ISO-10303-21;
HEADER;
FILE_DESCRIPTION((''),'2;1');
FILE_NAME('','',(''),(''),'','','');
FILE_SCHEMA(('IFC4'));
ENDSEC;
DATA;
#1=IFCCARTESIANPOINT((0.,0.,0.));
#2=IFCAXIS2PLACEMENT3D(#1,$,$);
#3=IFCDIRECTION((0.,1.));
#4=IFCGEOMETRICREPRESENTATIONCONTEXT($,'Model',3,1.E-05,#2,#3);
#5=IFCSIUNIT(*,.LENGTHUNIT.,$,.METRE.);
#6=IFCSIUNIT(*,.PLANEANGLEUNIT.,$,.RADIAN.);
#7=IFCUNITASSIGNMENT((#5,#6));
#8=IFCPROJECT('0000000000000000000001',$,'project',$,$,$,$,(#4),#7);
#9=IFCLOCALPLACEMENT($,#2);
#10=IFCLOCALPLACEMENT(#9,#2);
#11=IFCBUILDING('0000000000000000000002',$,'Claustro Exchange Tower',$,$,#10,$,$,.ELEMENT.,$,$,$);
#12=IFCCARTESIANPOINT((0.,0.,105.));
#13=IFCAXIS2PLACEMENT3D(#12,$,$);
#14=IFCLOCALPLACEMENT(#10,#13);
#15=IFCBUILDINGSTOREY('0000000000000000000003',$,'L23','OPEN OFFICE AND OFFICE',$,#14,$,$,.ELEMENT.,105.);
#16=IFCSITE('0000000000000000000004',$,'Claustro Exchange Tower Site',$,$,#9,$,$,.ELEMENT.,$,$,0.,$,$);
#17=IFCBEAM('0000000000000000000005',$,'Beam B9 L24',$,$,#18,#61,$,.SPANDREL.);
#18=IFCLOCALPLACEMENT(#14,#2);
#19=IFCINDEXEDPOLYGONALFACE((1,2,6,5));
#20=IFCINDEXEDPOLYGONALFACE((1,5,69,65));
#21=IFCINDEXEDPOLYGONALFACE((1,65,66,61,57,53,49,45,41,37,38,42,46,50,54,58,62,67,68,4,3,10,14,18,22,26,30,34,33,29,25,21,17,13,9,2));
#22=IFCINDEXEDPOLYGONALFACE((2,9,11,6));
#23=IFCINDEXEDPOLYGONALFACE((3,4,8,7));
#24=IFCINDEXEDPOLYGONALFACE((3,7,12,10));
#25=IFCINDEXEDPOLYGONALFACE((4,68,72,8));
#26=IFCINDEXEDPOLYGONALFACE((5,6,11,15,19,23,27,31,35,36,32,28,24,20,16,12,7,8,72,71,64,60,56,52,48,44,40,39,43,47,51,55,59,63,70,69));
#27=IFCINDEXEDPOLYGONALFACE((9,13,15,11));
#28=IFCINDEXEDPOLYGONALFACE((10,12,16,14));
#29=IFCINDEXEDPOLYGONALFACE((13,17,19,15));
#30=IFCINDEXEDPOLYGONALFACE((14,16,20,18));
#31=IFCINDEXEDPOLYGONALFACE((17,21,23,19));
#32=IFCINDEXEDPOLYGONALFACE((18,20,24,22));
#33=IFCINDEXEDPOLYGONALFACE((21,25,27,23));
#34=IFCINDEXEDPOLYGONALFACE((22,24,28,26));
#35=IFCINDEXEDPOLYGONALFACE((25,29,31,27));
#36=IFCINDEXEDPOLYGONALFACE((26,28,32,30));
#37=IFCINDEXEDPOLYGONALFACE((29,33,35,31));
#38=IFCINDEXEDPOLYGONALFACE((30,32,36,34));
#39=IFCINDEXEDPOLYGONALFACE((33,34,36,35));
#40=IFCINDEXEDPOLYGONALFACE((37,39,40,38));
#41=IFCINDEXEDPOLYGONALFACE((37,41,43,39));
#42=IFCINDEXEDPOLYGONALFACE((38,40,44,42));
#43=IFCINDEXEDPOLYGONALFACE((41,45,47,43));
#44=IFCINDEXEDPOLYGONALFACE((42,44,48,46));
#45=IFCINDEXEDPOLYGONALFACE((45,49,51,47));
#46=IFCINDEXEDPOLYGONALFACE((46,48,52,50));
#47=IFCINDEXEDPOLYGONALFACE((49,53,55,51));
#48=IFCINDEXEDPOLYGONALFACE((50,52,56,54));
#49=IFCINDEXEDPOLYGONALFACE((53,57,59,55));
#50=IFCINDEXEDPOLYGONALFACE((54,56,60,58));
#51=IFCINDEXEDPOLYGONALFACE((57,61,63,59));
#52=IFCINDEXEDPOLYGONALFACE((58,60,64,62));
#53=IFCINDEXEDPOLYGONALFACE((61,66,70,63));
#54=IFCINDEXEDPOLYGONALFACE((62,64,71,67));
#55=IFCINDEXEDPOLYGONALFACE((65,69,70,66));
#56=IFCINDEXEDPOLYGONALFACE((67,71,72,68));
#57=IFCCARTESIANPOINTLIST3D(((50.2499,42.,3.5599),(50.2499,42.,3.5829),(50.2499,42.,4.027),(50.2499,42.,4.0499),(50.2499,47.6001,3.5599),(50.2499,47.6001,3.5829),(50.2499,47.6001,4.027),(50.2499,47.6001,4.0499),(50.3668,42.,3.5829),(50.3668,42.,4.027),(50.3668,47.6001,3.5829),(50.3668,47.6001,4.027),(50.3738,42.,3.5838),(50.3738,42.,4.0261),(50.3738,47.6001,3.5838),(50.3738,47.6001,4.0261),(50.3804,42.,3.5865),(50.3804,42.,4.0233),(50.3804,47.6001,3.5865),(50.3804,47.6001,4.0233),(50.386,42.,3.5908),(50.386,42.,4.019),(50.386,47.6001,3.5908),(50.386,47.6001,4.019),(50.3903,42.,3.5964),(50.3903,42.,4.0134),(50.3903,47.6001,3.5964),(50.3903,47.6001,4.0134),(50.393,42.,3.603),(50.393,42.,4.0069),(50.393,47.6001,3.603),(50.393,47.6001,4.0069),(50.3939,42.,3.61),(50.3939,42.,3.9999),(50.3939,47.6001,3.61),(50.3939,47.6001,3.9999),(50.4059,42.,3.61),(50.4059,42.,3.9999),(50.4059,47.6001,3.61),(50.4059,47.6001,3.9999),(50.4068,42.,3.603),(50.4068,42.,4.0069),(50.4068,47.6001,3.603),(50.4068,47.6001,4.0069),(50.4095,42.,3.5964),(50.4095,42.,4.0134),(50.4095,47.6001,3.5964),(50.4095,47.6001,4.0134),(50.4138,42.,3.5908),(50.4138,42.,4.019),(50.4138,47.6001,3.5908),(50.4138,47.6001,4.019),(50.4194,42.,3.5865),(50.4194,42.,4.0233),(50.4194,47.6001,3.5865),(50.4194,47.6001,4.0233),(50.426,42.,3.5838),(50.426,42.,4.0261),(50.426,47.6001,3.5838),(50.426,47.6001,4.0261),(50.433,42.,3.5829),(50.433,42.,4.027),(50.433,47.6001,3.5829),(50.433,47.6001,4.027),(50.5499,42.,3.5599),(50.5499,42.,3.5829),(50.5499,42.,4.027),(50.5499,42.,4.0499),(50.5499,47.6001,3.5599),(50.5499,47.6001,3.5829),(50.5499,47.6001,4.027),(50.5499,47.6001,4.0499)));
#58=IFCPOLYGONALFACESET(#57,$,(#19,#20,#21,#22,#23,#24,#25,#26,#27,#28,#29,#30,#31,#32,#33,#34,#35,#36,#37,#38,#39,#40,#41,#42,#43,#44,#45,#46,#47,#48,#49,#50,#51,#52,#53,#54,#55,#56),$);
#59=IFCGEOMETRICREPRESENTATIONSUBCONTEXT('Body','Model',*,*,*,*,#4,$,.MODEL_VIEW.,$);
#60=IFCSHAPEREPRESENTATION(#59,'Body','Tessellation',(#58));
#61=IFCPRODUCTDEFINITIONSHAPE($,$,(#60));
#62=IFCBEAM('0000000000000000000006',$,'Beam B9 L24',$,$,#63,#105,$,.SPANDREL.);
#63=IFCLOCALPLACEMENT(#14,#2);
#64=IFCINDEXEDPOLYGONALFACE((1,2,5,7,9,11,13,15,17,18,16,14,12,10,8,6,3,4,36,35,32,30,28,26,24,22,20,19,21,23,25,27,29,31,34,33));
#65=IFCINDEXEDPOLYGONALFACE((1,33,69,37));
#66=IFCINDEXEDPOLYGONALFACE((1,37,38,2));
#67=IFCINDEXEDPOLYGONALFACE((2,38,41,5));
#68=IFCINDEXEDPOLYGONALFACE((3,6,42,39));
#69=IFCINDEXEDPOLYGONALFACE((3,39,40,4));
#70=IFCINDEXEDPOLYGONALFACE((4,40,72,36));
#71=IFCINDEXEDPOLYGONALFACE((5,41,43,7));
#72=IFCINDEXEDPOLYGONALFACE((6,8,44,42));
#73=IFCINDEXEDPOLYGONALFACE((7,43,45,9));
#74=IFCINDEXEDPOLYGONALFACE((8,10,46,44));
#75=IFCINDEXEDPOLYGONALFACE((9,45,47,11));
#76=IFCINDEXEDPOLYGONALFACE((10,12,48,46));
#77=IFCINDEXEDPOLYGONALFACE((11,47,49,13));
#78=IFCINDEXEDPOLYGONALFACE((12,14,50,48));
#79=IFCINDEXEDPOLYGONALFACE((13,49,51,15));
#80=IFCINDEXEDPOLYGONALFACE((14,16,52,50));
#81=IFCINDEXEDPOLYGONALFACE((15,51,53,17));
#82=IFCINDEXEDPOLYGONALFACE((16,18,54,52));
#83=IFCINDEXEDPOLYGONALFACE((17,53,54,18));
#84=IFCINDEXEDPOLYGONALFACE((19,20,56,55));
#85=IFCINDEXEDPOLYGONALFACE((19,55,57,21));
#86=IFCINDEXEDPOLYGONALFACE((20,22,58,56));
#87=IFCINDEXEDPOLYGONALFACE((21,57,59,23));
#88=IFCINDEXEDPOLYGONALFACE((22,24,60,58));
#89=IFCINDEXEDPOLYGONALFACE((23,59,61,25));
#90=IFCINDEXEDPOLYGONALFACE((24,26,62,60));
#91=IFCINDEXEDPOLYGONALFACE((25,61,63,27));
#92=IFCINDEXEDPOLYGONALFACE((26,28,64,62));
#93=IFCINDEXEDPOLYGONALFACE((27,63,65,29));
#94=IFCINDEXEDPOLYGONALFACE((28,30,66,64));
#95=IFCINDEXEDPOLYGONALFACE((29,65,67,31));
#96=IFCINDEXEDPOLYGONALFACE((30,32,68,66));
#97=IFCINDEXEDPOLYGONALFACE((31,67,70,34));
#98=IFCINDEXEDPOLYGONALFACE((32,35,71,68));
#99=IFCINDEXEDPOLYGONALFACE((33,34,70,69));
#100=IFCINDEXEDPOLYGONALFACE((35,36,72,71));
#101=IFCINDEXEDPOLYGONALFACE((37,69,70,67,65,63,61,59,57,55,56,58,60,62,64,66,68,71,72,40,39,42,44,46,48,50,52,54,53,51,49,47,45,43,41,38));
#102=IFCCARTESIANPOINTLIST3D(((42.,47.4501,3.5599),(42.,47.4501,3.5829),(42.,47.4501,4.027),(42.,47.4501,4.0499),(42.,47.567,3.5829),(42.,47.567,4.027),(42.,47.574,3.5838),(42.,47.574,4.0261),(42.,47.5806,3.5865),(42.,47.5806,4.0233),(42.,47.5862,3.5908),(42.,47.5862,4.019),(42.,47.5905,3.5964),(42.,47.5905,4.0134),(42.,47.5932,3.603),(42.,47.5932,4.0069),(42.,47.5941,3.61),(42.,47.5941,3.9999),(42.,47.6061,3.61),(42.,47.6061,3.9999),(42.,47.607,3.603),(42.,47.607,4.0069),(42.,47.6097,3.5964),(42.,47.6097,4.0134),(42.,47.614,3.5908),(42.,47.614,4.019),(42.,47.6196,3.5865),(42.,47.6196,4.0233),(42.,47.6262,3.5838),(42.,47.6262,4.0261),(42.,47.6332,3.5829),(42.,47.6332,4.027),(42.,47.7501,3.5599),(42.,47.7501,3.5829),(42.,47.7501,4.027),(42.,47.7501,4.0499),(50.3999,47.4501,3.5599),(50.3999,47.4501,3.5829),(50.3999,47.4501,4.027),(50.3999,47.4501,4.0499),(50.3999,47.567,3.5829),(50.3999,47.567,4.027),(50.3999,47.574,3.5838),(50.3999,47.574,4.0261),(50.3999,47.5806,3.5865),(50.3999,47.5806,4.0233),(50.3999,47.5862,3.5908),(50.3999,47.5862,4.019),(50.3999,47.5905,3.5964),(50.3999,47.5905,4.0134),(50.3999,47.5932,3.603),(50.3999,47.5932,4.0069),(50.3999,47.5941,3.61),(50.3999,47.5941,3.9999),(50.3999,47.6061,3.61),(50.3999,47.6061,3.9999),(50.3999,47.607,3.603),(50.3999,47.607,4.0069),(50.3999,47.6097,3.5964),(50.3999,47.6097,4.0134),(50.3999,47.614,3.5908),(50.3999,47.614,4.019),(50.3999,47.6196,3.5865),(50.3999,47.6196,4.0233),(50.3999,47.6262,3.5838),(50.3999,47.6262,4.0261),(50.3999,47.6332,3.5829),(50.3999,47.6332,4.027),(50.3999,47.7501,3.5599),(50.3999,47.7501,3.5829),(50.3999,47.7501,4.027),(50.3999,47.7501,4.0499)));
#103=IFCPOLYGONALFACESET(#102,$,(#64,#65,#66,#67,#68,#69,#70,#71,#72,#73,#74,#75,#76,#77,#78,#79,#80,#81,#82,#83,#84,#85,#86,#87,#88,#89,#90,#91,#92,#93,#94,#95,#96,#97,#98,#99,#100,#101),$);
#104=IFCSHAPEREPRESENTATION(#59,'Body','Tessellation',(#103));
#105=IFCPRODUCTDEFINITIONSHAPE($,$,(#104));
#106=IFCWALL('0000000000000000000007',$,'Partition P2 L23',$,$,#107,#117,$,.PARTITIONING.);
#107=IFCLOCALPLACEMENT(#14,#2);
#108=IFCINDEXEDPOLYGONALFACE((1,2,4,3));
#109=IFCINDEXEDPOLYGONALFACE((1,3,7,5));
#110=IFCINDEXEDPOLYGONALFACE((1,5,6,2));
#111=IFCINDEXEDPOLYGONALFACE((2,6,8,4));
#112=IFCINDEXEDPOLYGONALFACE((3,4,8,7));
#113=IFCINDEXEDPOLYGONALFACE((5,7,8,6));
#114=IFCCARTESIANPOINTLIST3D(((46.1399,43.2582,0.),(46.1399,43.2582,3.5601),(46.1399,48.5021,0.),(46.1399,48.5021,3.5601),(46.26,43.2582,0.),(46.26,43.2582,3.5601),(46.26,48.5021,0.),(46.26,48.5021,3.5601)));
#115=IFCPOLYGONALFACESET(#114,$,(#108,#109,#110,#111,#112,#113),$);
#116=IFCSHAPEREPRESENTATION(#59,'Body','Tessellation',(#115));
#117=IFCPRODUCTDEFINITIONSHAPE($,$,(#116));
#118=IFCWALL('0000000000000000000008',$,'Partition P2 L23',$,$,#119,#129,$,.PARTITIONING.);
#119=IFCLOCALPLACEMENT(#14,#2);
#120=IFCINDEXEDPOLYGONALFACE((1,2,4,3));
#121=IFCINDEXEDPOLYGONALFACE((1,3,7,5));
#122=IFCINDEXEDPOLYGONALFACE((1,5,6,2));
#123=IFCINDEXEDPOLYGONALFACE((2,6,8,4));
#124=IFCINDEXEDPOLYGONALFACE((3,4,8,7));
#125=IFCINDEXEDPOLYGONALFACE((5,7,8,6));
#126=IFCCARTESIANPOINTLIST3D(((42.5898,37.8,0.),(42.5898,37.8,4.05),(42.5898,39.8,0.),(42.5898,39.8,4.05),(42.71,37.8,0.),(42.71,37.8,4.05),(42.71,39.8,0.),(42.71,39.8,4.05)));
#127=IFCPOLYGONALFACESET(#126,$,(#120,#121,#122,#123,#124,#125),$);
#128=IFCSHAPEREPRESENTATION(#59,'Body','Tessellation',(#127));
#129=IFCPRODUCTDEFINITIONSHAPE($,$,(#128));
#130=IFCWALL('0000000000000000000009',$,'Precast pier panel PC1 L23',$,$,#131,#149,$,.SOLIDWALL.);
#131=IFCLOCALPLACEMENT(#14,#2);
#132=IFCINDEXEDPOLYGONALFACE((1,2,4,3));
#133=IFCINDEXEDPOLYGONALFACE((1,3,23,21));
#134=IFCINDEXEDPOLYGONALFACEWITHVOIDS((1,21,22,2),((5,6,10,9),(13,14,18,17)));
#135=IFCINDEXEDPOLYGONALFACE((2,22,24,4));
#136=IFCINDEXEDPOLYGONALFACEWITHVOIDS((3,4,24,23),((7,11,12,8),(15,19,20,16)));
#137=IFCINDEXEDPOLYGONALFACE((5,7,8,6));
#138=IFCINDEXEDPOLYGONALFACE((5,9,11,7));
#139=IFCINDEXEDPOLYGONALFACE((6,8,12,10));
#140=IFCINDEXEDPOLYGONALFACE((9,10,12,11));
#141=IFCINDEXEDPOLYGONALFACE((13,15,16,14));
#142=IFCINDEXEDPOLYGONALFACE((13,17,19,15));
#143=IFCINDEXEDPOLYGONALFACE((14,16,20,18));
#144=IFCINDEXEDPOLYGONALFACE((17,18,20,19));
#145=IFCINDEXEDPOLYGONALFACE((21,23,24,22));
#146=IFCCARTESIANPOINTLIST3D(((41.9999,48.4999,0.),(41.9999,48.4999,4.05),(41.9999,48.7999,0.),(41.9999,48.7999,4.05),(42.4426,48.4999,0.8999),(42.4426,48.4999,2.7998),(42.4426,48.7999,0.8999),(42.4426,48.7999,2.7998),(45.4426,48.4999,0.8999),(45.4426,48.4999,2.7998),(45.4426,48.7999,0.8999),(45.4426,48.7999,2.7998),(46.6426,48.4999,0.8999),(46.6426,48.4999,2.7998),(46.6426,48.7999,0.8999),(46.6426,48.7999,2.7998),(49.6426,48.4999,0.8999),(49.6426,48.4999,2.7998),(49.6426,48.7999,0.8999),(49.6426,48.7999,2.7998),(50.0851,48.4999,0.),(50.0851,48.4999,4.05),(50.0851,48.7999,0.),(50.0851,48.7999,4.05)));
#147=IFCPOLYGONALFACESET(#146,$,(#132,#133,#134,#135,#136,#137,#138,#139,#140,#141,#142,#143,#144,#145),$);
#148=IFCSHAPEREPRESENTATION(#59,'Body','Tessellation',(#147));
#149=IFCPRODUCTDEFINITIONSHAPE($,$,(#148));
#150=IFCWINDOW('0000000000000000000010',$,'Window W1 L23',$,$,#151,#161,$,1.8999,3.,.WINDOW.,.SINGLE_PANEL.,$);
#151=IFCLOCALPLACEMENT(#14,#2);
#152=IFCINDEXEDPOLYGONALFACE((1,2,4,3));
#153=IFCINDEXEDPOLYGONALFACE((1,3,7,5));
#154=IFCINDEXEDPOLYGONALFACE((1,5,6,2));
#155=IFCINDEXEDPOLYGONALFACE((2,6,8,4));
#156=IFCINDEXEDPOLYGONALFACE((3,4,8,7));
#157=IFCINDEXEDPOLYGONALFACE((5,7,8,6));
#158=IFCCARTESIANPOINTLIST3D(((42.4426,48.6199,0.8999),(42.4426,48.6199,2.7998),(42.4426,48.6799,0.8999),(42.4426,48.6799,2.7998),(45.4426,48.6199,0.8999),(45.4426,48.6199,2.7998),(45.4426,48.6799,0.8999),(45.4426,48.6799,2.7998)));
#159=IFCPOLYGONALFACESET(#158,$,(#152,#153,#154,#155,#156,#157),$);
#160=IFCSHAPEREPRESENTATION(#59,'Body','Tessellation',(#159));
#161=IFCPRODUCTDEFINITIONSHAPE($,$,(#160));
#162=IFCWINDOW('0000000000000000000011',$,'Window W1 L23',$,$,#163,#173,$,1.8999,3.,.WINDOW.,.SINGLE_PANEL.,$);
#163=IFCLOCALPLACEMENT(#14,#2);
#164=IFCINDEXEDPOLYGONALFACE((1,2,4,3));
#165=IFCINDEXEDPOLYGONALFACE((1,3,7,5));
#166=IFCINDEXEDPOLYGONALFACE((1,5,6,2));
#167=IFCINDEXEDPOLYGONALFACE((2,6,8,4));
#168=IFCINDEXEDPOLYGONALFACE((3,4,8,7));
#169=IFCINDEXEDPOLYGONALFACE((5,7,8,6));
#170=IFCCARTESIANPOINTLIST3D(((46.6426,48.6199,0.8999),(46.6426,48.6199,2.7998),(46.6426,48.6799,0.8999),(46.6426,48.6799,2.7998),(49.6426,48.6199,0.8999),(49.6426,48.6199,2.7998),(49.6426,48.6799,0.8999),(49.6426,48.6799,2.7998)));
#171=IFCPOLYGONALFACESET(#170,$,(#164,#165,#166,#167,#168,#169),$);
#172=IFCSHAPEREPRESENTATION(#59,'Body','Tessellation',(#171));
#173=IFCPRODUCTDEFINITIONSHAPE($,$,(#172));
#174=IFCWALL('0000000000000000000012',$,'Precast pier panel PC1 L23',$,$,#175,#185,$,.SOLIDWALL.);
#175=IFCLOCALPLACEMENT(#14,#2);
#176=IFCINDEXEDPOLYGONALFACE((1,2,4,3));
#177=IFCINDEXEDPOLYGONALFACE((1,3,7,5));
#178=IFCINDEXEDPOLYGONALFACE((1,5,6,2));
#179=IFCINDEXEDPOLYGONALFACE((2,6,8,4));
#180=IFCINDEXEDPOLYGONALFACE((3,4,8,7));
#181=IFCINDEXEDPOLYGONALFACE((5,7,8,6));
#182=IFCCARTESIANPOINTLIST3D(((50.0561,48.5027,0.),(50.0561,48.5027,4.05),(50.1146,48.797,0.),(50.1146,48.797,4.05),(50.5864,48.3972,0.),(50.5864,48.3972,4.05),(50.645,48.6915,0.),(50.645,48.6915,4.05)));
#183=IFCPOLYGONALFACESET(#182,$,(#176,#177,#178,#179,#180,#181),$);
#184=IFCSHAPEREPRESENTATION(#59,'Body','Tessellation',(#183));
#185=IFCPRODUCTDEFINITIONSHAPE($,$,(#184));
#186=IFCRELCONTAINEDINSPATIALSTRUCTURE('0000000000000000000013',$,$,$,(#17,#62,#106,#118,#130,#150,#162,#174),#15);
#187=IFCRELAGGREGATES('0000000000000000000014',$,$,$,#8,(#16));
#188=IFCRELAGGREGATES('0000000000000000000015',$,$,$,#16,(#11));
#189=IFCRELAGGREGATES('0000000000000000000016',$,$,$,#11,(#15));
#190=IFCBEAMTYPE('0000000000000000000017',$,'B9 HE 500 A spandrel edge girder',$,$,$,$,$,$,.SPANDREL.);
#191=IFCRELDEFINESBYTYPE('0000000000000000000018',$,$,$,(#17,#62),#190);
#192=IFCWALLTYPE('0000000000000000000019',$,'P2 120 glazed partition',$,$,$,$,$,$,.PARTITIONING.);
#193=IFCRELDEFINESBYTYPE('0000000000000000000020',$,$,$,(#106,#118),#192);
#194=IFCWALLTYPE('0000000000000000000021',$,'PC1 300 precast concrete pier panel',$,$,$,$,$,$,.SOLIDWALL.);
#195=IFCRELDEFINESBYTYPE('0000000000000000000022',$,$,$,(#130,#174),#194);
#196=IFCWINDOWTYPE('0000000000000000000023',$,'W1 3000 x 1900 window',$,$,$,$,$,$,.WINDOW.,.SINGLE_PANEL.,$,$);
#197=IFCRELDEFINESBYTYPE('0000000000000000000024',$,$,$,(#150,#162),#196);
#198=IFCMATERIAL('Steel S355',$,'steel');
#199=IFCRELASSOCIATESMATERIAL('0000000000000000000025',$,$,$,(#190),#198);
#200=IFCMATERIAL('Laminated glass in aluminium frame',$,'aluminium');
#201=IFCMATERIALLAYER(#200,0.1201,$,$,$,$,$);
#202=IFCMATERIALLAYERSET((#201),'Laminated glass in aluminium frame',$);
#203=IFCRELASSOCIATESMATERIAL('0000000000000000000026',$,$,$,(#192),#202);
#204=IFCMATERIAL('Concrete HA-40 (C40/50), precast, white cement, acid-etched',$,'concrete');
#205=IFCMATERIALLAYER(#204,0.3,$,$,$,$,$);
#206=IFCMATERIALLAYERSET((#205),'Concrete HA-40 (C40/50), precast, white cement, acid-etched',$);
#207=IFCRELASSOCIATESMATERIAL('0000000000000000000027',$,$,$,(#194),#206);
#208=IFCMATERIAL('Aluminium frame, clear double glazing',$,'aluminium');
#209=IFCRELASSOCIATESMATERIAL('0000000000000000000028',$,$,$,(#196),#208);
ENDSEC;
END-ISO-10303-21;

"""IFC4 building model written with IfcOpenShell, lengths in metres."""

from ifc_helpers import new_model, si_unit, direction, frame, frame_2d, origin, origin_2d, place, context, subcontext, project, spatial, rectangle, i_section, extrude, material, layer, layer_set, material_profile, profile_set, type_object, element, fill, save


model = new_model("IFC4")

# Units and contexts
model_context = context("Model", 3, precision=1e-05, world=origin(), true_north=direction((0.0, 1.0)))
body_context = subcontext(model_context, "Body", "Model", "MODEL_VIEW")
ifc_project = project(units=[si_unit("LENGTHUNIT", "METRE"), si_unit("PLANEANGLEUNIT", "RADIAN")], contexts=[model_context])

# Site, building, storey
site_placement = place(None, origin())
site = spatial("IfcSite", under=ifc_project, at=site_placement, Name="Claustro Exchange Tower Site", CompositionType="ELEMENT", RefElevation=0.0)
building_placement = place(site_placement, origin())
building = spatial("IfcBuilding", under=site, at=building_placement, Name="Claustro Exchange Tower", CompositionType="ELEMENT")
storey_placement = place(building_placement, frame((0.0, 0.0, 105.0)))
storey = spatial("IfcBuildingStorey", under=building, at=storey_placement, Name="L23", Description="OPEN OFFICE AND OFFICE", CompositionType="ELEMENT", Elevation=105.0)

# Beams
ifc_material_1 = material(Name="Steel S355", Category="steel")
ifc_material_profile_1 = material_profile(ifc_material_1, i_section(OverallWidth=0.3, OverallDepth=0.49, WebThickness=0.012, FlangeThickness=0.0229, FilletRadius=0.0271, at=origin_2d()), Name="HE 500 A")
ifc_profile_set_1 = profile_set([ifc_material_profile_1], Name="Steel S355")
beam_type_1 = type_object("IfcBeamType", Name="B9 HE 500 A spandrel edge girder", PredefinedType="SPANDREL", material=ifc_profile_set_1)
beam_1_placement = place(storey_placement, frame((50.3999, 42.0, 3.8049), z_axis=(0.0, 1.0, 0.0), x_axis=(-1.0, 0.0, 0.0)))
element("IfcBeam", 1, at=beam_1_placement, inside=storey, type_object=beam_type_1, Name="Beam B9 L24", PredefinedType="SPANDREL", context=body_context, shape_type="SweptSolid", body=[
    extrude(i_section(OverallWidth=0.3, OverallDepth=0.49, WebThickness=0.012, FlangeThickness=0.0229, FilletRadius=0.0271, at=origin_2d()), origin(), (0.0, 0.0, 1.0), 5.6001),
])
beam_2_placement = place(storey_placement, frame((42.0, 47.6001, 3.8049), z_axis=(1.0, 0.0, 0.0), x_axis=(0.0, 1.0, 0.0)))
element("IfcBeam", 2, at=beam_2_placement, inside=storey, type_object=beam_type_1, Name="Beam B9 L24", PredefinedType="SPANDREL", context=body_context, shape_type="SweptSolid", body=[
    extrude(i_section(OverallWidth=0.3, OverallDepth=0.49, WebThickness=0.012, FlangeThickness=0.0229, FilletRadius=0.0271, at=origin_2d()), origin(), (0.0, 0.0, 1.0), 8.3999),
])

# Walls
ifc_material_2 = material(Name="Laminated glass in aluminium frame", Category="aluminium")
ifc_layer_1 = layer(ifc_material_2, 0.1201)
ifc_layer_set_1 = layer_set([ifc_layer_1], Name="Laminated glass in aluminium frame")
wall_type_1 = type_object("IfcWallType", Name="P2 120 glazed partition", PredefinedType="PARTITIONING", material=ifc_layer_set_1)
wall_1_placement = place(storey_placement, frame((46.2, 43.2581, 0.0), z_axis=(0.0, 0.0, 1.0), x_axis=(0.0, 1.0, 0.0)))
element("IfcWall", 3, at=wall_1_placement, inside=storey, type_object=wall_type_1, Name="Partition P2 L23", PredefinedType="PARTITIONING", context=body_context, shape_type="SweptSolid", body=[
    extrude(rectangle(XDim=5.2439, YDim=0.1201, at=frame_2d((2.6221, 0.0))), origin(), (0.0, 0.0, 1.0), 3.5601),
])
wall_2_placement = place(storey_placement, frame((42.6499, 37.8, 0.0), z_axis=(0.0, 0.0, 1.0), x_axis=(0.0, 1.0, 0.0)))
element("IfcWall", 4, at=wall_2_placement, inside=storey, type_object=wall_type_1, Name="Partition P2 L23", PredefinedType="PARTITIONING", context=body_context, shape_type="SweptSolid", body=[
    extrude(rectangle(XDim=2.0, YDim=0.1201, at=frame_2d((1.0, 0.0))), origin(), (0.0, 0.0, 1.0), 4.05),
])

# Wall, openings, windows
ifc_material_3 = material(Name="Concrete HA-40 (C40/50), precast, white cement, acid-etched", Category="concrete")
ifc_layer_2 = layer(ifc_material_3, 0.3)
ifc_layer_set_2 = layer_set([ifc_layer_2], Name="Concrete HA-40 (C40/50), precast, white cement, acid-etched")
wall_type_2 = type_object("IfcWallType", Name="PC1 300 precast concrete pier panel", PredefinedType="SOLIDWALL", material=ifc_layer_set_2)
wall_3_placement = place(storey_placement, frame((42.0, 48.6499, 0.0), z_axis=(0.0, 0.0, 1.0), x_axis=(1.0, 0.0, 0.0)))
wall_3 = element("IfcWall", 5, at=wall_3_placement, inside=storey, type_object=wall_type_2, Name="Precast pier panel PC1 L23", PredefinedType="SOLIDWALL", context=body_context, shape_type="SweptSolid", body=[
    extrude(rectangle(XDim=8.0852, YDim=0.3, at=frame_2d((4.0425, 0.0))), origin(), (0.0, 0.0, 1.0), 4.05),
])
opening_1_placement = place(wall_3_placement, frame((0.4426, 0.0, 0.8999)))
opening_1 = element("IfcOpeningElement", 6, at=opening_1_placement, cuts=wall_3, PredefinedType="OPENING", context=body_context, shape_type="SweptSolid", body=[
    extrude(rectangle(XDim=3.0, YDim=1.8999, at=frame_2d((1.5, 0.95))), frame((0.0, 0.1599, 0.0), z_axis=(0.0, -1.0, 0.0), x_axis=(1.0, 0.0, 0.0)), (0.0, 0.0, 1.0), 0.3201),
])
opening_2_placement = place(wall_3_placement, frame((4.6426, 0.0, 0.8999)))
opening_2 = element("IfcOpeningElement", 7, at=opening_2_placement, cuts=wall_3, PredefinedType="OPENING", context=body_context, shape_type="SweptSolid", body=[
    extrude(rectangle(XDim=3.0, YDim=1.8999, at=frame_2d((1.5, 0.95))), frame((0.0, 0.1599, 0.0), z_axis=(0.0, -1.0, 0.0), x_axis=(1.0, 0.0, 0.0)), (0.0, 0.0, 1.0), 0.3201),
])
ifc_material_4 = material(Name="Aluminium frame, clear double glazing", Category="aluminium")
window_type_1 = type_object("IfcWindowType", Name="W1 3000 x 1900 window", PartitioningType="SINGLE_PANEL", PredefinedType="WINDOW", material=ifc_material_4)
window_1_placement = place(opening_1_placement, origin())
window_1 = element("IfcWindow", 8, at=window_1_placement, inside=storey, type_object=window_type_1, Name="Window W1 L23", OverallHeight=1.8999, OverallWidth=3.0, PartitioningType="SINGLE_PANEL", PredefinedType="WINDOW", context=body_context, shape_type="SweptSolid", body=[
    extrude(rectangle(XDim=3.0, YDim=1.8999, at=frame_2d((1.5, 0.95))), frame((0.0, 0.03, 0.0), z_axis=(0.0, -1.0, 0.0), x_axis=(1.0, 0.0, 0.0)), (0.0, 0.0, 1.0), 0.0601),
])
fill(opening_1, window_1)
window_2_placement = place(opening_2_placement, origin())
window_2 = element("IfcWindow", 9, at=window_2_placement, inside=storey, type_object=window_type_1, Name="Window W1 L23", OverallHeight=1.8999, OverallWidth=3.0, PartitioningType="SINGLE_PANEL", PredefinedType="WINDOW", context=body_context, shape_type="SweptSolid", body=[
    extrude(rectangle(XDim=3.0, YDim=1.8999, at=frame_2d((1.5, 0.95))), frame((0.0, 0.03, 0.0), z_axis=(0.0, -1.0, 0.0), x_axis=(1.0, 0.0, 0.0)), (0.0, 0.0, 1.0), 0.0601),
])
fill(opening_2, window_2)

# Wall
wall_4_placement = place(storey_placement, frame((50.0852, 48.6499, 0.0), z_axis=(0.0, 0.0, 1.0), x_axis=(0.980789, -0.195074, 0.0)))
element("IfcWall", 10, at=wall_4_placement, inside=storey, type_object=wall_type_2, Name="Precast pier panel PC1 L23", PredefinedType="SOLIDWALL", context=body_context, shape_type="SweptSolid", body=[
    extrude(rectangle(XDim=0.5408, YDim=0.3, at=frame_2d((0.2705, 0.0))), origin(), (0.0, 0.0, 1.0), 4.05),
])

save(model, "model.ifc")
